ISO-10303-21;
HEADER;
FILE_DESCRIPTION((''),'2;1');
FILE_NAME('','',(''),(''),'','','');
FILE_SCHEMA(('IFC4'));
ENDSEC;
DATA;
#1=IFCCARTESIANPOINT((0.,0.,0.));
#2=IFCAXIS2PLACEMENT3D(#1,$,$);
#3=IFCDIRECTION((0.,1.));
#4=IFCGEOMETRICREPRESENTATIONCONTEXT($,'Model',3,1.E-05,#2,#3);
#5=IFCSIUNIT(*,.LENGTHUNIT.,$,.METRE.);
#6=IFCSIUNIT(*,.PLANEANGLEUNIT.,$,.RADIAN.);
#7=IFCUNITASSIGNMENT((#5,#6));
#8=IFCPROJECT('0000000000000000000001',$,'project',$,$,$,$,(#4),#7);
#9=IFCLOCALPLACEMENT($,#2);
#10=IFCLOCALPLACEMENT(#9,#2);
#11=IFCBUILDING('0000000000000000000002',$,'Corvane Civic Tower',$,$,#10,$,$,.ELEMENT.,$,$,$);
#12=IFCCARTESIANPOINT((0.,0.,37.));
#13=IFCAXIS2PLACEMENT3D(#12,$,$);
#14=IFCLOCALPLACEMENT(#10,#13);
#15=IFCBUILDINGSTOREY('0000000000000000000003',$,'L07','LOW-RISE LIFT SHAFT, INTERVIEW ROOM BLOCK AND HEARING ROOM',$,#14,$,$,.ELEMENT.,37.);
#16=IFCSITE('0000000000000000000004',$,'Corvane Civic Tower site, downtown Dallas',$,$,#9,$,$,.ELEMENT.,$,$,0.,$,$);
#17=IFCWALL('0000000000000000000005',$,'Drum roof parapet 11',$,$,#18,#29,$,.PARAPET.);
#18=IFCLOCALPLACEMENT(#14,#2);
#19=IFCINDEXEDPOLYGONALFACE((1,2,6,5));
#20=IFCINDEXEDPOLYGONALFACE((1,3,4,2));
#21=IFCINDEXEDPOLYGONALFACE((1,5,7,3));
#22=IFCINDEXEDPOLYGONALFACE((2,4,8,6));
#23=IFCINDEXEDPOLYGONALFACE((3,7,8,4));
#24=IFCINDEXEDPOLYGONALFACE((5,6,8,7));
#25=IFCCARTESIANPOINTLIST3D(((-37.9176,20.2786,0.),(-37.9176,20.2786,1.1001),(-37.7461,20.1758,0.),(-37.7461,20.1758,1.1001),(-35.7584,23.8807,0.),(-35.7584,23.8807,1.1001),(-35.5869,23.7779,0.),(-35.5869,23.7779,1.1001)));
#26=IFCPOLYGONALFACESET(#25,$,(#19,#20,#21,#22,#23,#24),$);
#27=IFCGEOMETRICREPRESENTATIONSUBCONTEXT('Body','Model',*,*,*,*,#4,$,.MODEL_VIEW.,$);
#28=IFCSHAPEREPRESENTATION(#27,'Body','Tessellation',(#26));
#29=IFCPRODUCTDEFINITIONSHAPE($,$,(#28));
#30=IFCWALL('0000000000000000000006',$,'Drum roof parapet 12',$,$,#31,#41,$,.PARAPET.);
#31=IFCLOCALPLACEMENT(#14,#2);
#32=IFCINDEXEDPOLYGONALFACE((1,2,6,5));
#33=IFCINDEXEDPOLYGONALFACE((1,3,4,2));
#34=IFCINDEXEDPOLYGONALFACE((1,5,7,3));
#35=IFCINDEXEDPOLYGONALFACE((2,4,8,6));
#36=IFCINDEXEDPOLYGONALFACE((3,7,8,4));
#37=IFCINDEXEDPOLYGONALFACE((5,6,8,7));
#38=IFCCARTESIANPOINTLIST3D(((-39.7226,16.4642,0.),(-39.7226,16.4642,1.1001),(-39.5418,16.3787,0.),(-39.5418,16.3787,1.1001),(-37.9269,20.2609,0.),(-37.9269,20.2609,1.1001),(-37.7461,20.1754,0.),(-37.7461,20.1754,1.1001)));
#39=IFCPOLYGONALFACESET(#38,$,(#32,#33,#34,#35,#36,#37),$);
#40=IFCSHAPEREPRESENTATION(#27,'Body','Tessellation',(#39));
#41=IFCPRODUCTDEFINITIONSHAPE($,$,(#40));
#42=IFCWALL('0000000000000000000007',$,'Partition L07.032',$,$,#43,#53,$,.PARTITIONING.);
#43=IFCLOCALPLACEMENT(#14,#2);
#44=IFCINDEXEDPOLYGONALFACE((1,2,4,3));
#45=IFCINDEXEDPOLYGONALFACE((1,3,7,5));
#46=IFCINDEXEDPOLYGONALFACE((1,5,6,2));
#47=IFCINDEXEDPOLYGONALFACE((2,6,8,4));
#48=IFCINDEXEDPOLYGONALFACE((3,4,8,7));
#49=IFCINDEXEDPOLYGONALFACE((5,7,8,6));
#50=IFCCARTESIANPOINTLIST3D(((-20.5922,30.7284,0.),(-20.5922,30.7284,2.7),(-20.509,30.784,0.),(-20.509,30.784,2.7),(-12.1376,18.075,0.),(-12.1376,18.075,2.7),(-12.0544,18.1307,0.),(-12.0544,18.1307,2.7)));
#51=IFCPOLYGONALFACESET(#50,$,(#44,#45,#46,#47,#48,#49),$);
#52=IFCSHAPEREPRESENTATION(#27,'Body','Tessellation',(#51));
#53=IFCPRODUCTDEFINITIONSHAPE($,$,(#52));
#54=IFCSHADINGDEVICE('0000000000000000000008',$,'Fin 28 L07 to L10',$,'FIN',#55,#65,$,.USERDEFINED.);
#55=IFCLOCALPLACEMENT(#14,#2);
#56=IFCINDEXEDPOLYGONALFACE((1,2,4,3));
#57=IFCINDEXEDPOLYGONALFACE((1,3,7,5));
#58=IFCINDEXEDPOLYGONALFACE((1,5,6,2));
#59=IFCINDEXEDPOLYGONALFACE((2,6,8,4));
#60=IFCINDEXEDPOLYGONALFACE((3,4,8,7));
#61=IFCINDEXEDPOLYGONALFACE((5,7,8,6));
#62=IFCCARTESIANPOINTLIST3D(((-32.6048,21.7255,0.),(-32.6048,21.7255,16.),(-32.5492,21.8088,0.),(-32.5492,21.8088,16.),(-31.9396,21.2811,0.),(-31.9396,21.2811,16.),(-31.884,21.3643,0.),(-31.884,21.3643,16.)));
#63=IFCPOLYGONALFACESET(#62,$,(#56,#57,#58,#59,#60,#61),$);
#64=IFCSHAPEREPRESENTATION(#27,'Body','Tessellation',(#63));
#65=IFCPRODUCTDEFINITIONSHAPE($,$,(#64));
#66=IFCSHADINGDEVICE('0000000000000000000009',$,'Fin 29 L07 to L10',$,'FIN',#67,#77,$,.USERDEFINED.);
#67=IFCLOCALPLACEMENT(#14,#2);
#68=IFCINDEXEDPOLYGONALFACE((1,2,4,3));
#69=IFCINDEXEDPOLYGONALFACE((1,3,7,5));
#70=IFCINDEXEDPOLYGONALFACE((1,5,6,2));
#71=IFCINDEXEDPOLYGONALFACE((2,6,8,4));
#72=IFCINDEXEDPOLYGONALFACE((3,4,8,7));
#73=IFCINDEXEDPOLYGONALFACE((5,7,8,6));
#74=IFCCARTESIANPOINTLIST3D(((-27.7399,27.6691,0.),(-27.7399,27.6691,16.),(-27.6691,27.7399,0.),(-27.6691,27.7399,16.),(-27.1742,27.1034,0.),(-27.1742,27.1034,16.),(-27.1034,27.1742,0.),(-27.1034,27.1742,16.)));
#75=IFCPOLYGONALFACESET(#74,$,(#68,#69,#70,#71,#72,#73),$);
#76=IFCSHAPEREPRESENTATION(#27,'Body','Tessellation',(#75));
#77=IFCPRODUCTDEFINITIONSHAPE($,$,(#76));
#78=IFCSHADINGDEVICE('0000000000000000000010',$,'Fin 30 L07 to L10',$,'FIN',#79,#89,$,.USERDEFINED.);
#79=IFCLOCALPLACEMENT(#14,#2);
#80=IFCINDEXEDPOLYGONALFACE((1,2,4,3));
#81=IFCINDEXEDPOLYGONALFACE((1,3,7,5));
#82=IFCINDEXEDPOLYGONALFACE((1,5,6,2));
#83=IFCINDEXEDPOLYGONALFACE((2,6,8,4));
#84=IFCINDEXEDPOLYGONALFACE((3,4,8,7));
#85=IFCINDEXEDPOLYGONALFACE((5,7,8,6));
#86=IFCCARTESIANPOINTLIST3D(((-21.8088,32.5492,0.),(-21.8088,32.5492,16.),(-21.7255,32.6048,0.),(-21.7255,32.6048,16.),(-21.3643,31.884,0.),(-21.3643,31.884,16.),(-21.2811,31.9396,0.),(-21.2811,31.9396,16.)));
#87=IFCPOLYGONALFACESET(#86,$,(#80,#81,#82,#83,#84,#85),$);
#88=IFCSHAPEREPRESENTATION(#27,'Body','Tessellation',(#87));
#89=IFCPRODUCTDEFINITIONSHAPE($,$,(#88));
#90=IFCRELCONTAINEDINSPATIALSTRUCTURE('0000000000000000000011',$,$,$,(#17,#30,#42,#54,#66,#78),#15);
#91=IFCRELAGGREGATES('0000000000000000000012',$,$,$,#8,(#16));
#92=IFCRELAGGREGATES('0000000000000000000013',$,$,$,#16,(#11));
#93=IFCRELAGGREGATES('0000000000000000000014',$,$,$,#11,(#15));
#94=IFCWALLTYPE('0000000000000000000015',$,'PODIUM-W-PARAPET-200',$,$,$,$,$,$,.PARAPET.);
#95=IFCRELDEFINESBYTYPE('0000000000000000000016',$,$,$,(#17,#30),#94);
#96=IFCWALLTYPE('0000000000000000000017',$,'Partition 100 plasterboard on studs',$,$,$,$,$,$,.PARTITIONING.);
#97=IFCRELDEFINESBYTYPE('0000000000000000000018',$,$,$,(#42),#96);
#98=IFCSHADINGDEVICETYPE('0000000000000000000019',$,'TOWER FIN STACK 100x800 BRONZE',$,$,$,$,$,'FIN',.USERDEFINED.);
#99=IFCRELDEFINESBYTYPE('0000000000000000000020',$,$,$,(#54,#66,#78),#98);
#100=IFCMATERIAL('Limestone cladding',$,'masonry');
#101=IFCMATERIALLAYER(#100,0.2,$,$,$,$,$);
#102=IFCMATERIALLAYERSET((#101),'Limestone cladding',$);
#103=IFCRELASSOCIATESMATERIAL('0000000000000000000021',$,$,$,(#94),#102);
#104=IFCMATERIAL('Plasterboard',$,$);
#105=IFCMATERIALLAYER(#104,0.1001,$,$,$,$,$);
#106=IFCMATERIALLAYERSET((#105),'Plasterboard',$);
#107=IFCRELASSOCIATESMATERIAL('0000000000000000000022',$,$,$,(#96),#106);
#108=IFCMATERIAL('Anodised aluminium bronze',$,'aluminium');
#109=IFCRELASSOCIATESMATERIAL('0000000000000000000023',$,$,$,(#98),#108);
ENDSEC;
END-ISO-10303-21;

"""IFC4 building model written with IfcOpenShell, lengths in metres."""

from ifc_helpers import new_model, si_unit, direction, frame, frame_2d, origin, origin_2d, place, context, subcontext, project, spatial, rectangle, extrude, material, layer, layer_set, material_profile, profile_set, type_object, element, save


model = new_model("IFC4")

# Units and contexts
model_context = context("Model", 3, precision=1e-05, world=origin(), true_north=direction((0.0, 1.0)))
body_context = subcontext(model_context, "Body", "Model", "MODEL_VIEW")
ifc_project = project(units=[si_unit("LENGTHUNIT", "METRE"), si_unit("PLANEANGLEUNIT", "RADIAN")], contexts=[model_context])

# Site, building, storey
site_placement = place(None, origin())
site = spatial("IfcSite", under=ifc_project, at=site_placement, Name="Corvane Civic Tower site, downtown Dallas", CompositionType="ELEMENT", RefElevation=0.0)
building_placement = place(site_placement, origin())
building = spatial("IfcBuilding", under=site, at=building_placement, Name="Corvane Civic Tower", CompositionType="ELEMENT")
storey_placement = place(building_placement, frame((0.0, 0.0, 37.0)))
storey = spatial("IfcBuildingStorey", under=building, at=storey_placement, Name="L07", Description="LOW-RISE LIFT SHAFT, INTERVIEW ROOM BLOCK AND HEARING ROOM", CompositionType="ELEMENT", Elevation=37.0)

# Walls
ifc_material_1 = material(Name="Limestone cladding", Category="masonry")
ifc_layer_1 = layer(ifc_material_1, 0.2)
ifc_layer_set_1 = layer_set([ifc_layer_1], Name="Limestone cladding")
wall_type_1 = type_object("IfcWallType", Name="PODIUM-W-PARAPET-200", PredefinedType="PARAPET", material=ifc_layer_set_1)
wall_1_placement = place(storey_placement, frame((-35.6726, 23.8293, 0.0), z_axis=(0.0, 0.0, 1.0), x_axis=(-0.514137, -0.857708, 0.0)))
element("IfcWall", 1, at=wall_1_placement, inside=storey, type_object=wall_type_1, Name="Drum roof parapet 11", PredefinedType="PARAPET", context=body_context, shape_type="SweptSolid", body=[
    extrude(rectangle(XDim=4.1997, YDim=0.2, at=frame_2d((2.0999, 0.0))), origin(), (0.0, 0.0, 1.0), 1.1001),
])
wall_2_placement = place(storey_placement, frame((-37.8364, 20.2183, 0.0), z_axis=(0.0, 0.0, 1.0), x_axis=(-0.427552, -0.903991, 0.0)))
element("IfcWall", 2, at=wall_2_placement, inside=storey, type_object=wall_type_1, Name="Drum roof parapet 12", PredefinedType="PARAPET", context=body_context, shape_type="SweptSolid", body=[
    extrude(rectangle(XDim=4.2, YDim=0.2, at=frame_2d((2.1001, 0.0))), origin(), (0.0, 0.0, 1.0), 1.1001),
])
ifc_material_2 = material(Name="Plasterboard")
ifc_layer_2 = layer(ifc_material_2, 0.1001)
ifc_layer_set_2 = layer_set([ifc_layer_2], Name="Plasterboard")
wall_type_2 = type_object("IfcWallType", Name="Partition 100 plasterboard on studs", PredefinedType="PARTITIONING", material=ifc_layer_set_2)
wall_3_placement = place(storey_placement, frame((-20.5505, 30.7561, 0.0), z_axis=(0.0, 0.0, 1.0), x_axis=(0.555566, -0.831472, 0.0)))
element("IfcWall", 3, at=wall_3_placement, inside=storey, type_object=wall_type_2, Name="Partition L07.032", PredefinedType="PARTITIONING", context=body_context, shape_type="SweptSolid", body=[
    extrude(rectangle(XDim=15.218, YDim=0.1001, at=frame_2d((7.6089, 0.0))), origin(), (0.0, 0.0, 1.0), 2.7),
])

# Shading devices
ifc_material_3 = material(Name="Anodised aluminium bronze", Category="aluminium")
ifc_material_profile_1 = material_profile(ifc_material_3, rectangle(XDim=0.1001, YDim=0.8, at=origin_2d()), Name="TOWER FIN STACK 100x800 BRONZE")
ifc_profile_set_1 = profile_set([ifc_material_profile_1], Name="Anodised aluminium bronze")
shading_device_type = type_object("IfcShadingDeviceType", Name="TOWER FIN STACK 100x800 BRONZE", ElementType="FIN", PredefinedType="USERDEFINED", material=ifc_profile_set_1)
for number, where, z_axis, x_axis, name in (
    (4, (-32.2444, 21.5449, 0.0), (0.0, 0.0, 1.0), (0.55557, 0.83147, 0.0), "Fin 28 L07 to L10"),
    (5, (-27.4216, 27.4216, 0.0), (0.0, 0.0, 1.0), (0.707107, 0.707107, 0.0), "Fin 29 L07 to L10"),
    (6, (-21.5449, 32.2444, 0.0), (0.0, 0.0, 1.0), (0.83147, 0.55557, 0.0), "Fin 30 L07 to L10"),
):
    element("IfcShadingDevice", number, at=place(storey_placement, frame(where, z_axis=z_axis, x_axis=x_axis)), inside=storey, type_object=shading_device_type, Name=name, ObjectType="FIN", PredefinedType="USERDEFINED", context=body_context, shape_type="SweptSolid", body=[
        extrude(rectangle(XDim=0.1001, YDim=0.8, at=origin_2d()), origin(), (0.0, 0.0, 1.0), 16.0),
    ])

save(model, "model.ifc")
